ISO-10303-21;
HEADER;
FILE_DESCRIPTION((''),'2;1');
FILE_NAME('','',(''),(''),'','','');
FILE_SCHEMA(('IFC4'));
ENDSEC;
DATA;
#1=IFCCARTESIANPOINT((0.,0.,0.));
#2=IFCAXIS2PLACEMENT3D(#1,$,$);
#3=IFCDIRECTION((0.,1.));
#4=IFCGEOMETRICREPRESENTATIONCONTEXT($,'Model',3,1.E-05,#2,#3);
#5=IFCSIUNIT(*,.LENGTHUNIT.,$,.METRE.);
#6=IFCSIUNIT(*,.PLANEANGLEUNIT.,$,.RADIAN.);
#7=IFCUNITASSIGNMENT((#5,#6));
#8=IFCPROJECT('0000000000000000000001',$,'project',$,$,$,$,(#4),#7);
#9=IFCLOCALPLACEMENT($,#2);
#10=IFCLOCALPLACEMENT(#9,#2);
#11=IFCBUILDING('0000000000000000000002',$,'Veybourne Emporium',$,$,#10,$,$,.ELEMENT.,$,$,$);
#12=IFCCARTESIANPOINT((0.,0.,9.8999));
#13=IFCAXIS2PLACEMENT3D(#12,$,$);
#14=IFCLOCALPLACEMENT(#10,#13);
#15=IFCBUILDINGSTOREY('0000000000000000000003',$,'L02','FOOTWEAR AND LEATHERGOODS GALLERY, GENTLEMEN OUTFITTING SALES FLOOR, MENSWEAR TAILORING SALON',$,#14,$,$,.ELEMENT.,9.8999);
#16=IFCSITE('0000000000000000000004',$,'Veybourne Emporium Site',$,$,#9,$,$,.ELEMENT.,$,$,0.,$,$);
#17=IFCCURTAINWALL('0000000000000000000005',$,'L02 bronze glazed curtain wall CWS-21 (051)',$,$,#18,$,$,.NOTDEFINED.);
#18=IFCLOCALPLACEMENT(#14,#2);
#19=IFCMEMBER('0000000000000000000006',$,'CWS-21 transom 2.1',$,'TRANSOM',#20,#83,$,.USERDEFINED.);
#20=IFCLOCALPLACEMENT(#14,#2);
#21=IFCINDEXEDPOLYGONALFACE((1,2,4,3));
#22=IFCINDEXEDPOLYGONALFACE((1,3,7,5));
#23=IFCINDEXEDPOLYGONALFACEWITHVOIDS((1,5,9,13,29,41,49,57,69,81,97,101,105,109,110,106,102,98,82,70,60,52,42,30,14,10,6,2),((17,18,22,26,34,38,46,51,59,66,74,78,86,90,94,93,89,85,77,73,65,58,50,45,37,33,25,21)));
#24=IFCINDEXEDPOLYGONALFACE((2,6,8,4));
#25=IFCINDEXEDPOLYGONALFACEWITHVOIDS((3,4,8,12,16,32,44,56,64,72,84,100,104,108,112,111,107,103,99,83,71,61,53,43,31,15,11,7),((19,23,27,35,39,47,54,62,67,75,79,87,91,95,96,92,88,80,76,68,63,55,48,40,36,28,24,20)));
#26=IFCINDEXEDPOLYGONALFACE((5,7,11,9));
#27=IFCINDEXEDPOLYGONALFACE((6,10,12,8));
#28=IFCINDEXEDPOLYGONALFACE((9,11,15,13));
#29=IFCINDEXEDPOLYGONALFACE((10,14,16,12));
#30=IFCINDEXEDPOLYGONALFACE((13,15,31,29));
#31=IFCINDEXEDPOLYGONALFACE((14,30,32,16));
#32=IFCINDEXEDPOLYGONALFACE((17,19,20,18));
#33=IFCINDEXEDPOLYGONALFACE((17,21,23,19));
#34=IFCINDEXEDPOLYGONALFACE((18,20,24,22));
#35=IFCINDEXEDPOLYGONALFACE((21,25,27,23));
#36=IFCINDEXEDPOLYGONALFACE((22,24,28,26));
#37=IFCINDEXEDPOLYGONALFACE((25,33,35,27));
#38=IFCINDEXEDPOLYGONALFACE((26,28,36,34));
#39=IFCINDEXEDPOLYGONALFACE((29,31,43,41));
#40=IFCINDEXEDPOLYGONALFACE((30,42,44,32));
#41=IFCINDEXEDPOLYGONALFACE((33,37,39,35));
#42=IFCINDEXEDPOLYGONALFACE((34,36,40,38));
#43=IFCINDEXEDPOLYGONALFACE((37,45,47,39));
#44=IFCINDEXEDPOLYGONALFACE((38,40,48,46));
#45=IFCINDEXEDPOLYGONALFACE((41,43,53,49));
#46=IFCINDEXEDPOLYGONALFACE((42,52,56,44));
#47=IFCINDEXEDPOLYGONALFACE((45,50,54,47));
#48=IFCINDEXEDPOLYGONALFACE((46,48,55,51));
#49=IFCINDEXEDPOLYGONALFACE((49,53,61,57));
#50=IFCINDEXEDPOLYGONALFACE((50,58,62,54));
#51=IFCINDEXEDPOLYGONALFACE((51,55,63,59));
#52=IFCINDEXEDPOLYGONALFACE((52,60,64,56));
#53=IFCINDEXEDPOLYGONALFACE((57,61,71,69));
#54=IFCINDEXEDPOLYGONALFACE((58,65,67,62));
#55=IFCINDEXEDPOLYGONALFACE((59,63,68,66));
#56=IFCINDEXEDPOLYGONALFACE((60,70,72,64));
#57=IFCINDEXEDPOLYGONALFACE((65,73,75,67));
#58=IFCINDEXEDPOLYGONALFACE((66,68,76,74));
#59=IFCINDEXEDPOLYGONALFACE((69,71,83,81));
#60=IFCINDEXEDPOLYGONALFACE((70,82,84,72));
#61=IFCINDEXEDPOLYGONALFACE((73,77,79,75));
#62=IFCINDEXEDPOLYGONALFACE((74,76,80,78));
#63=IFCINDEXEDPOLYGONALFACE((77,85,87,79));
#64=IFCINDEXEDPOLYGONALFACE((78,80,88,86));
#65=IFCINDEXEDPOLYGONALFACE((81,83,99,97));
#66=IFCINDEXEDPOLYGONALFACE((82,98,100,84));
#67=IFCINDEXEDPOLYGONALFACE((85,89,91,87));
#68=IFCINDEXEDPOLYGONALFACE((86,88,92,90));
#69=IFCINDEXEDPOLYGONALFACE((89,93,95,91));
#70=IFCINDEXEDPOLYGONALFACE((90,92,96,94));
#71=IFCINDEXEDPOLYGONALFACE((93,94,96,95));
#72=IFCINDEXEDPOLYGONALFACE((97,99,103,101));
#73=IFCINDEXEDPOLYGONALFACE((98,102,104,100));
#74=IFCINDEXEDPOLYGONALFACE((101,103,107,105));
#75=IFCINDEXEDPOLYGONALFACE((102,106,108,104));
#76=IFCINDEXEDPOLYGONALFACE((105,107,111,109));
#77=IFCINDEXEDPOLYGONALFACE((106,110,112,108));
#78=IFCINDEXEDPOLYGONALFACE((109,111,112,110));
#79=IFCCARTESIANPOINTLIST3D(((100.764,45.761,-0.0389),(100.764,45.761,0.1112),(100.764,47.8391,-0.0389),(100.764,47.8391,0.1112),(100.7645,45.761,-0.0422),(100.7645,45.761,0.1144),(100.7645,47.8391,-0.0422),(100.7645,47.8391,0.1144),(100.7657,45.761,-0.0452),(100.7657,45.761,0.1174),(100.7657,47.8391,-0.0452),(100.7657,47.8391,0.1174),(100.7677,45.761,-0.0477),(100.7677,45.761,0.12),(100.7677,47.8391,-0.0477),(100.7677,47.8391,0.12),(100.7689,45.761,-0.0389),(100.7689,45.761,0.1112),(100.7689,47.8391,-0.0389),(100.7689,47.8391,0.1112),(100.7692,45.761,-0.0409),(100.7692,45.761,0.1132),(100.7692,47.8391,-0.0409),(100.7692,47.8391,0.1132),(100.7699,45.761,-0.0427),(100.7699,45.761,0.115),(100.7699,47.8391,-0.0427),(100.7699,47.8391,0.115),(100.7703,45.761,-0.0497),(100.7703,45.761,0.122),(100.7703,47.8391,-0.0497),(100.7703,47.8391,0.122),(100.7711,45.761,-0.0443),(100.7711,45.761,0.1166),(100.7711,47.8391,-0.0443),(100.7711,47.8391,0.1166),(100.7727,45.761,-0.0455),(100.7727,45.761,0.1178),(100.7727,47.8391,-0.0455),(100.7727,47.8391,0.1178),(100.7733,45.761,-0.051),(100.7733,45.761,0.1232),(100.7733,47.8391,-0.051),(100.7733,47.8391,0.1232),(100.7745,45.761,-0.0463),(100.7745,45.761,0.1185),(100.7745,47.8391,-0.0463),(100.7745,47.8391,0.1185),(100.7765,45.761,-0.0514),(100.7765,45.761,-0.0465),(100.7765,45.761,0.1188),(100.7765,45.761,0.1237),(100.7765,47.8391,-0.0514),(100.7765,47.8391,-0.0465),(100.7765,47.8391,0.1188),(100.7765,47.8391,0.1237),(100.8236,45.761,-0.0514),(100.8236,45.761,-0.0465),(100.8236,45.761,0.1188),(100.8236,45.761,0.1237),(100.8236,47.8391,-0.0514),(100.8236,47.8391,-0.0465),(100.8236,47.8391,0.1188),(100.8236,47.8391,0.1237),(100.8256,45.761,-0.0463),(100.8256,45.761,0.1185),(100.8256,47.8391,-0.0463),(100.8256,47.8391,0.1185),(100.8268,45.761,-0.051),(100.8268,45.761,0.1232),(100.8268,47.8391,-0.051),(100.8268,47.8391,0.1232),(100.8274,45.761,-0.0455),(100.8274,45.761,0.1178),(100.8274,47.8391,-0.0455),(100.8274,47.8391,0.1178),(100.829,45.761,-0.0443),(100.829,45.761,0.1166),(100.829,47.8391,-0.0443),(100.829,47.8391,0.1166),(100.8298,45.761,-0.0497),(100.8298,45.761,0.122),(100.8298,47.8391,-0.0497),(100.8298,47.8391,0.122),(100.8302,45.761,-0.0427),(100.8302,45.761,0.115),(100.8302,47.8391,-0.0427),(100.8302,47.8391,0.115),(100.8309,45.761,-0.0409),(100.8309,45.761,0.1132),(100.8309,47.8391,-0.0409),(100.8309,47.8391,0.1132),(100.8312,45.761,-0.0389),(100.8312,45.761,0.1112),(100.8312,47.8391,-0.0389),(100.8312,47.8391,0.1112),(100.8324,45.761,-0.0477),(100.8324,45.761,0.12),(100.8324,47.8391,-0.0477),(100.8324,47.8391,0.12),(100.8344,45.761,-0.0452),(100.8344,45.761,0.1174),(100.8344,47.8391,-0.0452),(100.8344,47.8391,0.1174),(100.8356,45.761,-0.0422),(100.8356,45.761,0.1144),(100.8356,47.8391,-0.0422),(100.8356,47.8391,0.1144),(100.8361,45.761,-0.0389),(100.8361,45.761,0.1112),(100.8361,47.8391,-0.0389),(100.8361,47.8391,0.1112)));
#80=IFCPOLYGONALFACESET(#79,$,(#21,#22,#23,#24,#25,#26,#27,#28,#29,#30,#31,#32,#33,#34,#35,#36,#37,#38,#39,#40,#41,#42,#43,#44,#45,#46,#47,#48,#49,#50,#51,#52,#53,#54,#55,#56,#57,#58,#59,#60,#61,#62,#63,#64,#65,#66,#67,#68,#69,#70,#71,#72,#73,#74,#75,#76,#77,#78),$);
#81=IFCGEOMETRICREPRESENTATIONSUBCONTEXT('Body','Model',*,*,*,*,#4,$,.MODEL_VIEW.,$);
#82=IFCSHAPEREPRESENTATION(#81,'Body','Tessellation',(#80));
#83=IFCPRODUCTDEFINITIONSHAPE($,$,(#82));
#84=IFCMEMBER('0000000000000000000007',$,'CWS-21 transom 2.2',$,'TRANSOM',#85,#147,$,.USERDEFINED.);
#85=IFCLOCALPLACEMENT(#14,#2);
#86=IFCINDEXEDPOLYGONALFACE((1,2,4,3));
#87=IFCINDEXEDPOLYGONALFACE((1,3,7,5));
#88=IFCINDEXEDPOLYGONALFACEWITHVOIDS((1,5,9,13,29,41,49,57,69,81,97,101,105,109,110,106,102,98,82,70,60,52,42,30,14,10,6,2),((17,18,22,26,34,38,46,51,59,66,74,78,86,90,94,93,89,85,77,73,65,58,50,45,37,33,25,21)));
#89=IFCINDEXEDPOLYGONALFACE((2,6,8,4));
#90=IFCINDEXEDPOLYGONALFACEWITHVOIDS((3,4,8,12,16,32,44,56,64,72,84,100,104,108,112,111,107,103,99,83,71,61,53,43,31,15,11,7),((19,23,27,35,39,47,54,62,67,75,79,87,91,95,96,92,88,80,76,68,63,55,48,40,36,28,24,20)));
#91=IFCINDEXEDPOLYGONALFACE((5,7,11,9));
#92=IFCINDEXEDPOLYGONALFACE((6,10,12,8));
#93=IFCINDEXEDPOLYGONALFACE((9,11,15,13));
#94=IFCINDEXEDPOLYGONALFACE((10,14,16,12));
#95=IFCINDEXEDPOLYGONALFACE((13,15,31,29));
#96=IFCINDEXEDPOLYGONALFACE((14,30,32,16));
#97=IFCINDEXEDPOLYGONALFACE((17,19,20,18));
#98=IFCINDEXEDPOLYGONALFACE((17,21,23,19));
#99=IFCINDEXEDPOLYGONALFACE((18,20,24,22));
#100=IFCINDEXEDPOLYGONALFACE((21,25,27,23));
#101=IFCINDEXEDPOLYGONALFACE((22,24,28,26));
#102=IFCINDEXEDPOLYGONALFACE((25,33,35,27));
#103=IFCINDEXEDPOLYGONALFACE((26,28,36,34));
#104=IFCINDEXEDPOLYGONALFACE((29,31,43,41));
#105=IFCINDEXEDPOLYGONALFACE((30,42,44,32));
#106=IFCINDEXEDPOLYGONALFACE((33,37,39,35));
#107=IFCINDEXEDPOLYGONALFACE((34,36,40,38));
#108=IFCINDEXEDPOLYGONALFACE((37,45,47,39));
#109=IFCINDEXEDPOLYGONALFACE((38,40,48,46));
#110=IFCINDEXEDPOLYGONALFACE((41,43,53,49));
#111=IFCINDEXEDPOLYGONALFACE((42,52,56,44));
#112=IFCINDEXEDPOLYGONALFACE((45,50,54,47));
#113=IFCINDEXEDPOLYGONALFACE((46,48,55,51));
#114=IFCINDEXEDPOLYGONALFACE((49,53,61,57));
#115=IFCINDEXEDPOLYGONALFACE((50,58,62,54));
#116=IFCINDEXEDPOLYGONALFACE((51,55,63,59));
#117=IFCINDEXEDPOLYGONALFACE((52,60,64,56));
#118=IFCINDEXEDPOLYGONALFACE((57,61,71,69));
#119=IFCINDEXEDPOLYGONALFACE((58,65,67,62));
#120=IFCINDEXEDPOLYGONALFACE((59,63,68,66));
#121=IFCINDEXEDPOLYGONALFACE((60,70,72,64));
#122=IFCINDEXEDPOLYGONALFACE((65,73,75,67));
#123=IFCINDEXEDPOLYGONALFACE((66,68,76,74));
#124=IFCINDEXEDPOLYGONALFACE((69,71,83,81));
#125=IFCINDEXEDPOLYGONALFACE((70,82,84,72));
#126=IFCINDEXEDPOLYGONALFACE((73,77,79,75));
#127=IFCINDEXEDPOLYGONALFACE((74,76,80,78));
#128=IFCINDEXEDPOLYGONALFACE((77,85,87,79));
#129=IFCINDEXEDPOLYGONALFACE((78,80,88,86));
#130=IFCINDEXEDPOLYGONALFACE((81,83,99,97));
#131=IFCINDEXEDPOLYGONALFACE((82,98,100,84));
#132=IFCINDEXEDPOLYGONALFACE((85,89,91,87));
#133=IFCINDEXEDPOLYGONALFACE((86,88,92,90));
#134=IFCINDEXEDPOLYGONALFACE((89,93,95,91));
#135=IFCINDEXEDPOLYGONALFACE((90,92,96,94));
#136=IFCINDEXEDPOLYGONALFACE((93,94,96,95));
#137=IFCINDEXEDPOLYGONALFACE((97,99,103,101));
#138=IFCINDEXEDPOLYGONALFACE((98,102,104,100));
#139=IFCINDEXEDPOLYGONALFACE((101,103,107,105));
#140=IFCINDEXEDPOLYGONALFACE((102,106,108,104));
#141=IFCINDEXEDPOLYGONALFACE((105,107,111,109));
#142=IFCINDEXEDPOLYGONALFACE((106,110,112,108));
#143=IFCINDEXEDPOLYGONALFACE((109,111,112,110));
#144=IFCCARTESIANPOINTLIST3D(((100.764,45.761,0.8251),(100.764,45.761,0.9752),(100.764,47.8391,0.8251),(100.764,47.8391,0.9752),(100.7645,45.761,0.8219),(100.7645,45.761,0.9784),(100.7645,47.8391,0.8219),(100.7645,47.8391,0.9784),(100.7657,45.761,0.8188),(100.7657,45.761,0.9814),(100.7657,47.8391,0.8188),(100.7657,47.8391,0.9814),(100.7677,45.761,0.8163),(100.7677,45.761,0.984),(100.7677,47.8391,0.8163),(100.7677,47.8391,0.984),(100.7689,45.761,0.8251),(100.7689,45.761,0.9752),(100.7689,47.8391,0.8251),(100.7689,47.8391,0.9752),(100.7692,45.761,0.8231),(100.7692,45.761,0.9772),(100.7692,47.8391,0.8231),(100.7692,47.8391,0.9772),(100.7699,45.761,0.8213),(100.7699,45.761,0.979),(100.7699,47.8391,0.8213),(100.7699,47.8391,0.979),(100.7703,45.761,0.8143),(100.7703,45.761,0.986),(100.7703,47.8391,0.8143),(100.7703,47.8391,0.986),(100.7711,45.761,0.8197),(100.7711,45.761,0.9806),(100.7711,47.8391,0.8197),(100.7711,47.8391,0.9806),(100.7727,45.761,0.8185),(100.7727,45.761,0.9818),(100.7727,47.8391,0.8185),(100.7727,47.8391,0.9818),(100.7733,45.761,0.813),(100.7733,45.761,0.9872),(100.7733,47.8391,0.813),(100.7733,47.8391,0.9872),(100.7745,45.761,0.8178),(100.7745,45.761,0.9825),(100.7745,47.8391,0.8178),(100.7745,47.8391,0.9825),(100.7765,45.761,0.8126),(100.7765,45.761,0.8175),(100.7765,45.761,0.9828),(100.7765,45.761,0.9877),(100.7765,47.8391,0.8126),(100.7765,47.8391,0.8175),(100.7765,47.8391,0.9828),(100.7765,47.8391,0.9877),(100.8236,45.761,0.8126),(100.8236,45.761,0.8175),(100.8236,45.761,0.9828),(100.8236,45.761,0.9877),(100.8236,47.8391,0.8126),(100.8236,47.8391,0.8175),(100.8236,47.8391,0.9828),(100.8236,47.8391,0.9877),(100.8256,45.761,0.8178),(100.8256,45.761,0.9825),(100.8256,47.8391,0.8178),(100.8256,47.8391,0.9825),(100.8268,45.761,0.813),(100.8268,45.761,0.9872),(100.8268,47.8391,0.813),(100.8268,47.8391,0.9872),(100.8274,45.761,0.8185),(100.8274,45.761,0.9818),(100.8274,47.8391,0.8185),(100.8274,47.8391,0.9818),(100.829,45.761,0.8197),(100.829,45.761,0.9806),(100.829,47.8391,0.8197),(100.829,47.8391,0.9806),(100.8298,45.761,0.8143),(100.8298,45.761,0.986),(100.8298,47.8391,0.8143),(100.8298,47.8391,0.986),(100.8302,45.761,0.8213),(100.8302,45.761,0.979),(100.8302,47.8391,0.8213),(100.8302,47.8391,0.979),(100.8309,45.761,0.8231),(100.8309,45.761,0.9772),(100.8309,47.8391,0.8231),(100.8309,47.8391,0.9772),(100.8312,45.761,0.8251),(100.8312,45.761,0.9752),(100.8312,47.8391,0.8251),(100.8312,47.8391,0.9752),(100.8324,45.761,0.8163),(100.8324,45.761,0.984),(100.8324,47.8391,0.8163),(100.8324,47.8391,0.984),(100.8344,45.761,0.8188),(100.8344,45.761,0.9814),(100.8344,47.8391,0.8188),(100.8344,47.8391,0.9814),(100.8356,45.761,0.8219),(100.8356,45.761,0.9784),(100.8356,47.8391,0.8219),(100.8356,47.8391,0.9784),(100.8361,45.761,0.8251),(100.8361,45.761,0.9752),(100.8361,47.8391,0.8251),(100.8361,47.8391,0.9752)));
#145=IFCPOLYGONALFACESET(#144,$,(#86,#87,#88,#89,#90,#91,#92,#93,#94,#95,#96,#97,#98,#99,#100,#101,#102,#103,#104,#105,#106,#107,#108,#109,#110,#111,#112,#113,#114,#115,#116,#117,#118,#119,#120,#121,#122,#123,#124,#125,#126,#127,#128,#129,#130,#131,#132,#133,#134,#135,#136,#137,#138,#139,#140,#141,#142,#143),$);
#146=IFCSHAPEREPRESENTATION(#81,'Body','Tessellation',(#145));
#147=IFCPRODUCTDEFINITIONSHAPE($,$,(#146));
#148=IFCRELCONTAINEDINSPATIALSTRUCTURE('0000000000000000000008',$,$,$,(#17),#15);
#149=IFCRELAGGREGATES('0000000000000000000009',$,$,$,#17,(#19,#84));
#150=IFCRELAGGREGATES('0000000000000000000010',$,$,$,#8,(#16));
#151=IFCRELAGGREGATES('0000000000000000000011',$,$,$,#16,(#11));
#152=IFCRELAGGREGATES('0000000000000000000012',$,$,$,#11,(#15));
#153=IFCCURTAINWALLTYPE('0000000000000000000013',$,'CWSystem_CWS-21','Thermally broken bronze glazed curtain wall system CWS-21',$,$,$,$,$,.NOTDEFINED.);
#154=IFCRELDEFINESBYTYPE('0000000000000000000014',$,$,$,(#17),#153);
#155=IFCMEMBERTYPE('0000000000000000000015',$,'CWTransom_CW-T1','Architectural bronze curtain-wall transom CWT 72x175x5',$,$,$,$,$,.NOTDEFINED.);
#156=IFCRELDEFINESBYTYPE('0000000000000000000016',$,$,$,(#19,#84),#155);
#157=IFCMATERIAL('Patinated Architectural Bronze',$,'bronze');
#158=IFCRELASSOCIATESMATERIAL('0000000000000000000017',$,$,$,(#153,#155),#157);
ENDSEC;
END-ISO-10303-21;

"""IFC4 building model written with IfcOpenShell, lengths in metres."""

from ifc_helpers import new_model, si_unit, direction, frame, origin, origin_2d, place, context, subcontext, project, spatial, hollow_rectangle, extrude, material, material_profile, profile_set, type_object, element, aggregate, save


model = new_model("IFC4")

# Units and contexts
model_context = context("Model", 3, precision=1e-05, world=origin(), true_north=direction((0.0, 1.0)))
body_context = subcontext(model_context, "Body", "Model", "MODEL_VIEW")
ifc_project = project(units=[si_unit("LENGTHUNIT", "METRE"), si_unit("PLANEANGLEUNIT", "RADIAN")], contexts=[model_context])

# Site, building, storey
site_placement = place(None, origin())
site = spatial("IfcSite", under=ifc_project, at=site_placement, Name="Veybourne Emporium Site", CompositionType="ELEMENT", RefElevation=0.0)
building_placement = place(site_placement, origin())
building = spatial("IfcBuilding", under=site, at=building_placement, Name="Veybourne Emporium", CompositionType="ELEMENT")
storey_placement = place(building_placement, frame((0.0, 0.0, 9.8999)))
storey = spatial("IfcBuildingStorey", under=building, at=storey_placement, Name="L02", Description="FOOTWEAR AND LEATHERGOODS GALLERY, GENTLEMEN OUTFITTING SALES FLOOR, MENSWEAR TAILORING SALON", CompositionType="ELEMENT", Elevation=9.8999)

# Curtain wall
ifc_material_1 = material(Name="Patinated Architectural Bronze", Category="bronze")
curtain_wall_type_1 = type_object("IfcCurtainWallType", Name="CWSystem_CWS-21", Description="Thermally broken bronze glazed curtain wall system CWS-21", PredefinedType="NOTDEFINED", material=ifc_material_1)
curtain_wall_1_placement = place(storey_placement, origin())
curtain_wall_1 = element("IfcCurtainWall", 1, at=curtain_wall_1_placement, inside=storey, type_object=curtain_wall_type_1, Name="L02 bronze glazed curtain wall CWS-21 (051)", PredefinedType="NOTDEFINED")

# Members
ifc_material_profile_1 = material_profile(ifc_material_1, hollow_rectangle(XDim=0.072, YDim=0.175, WallThickness=0.0049, InnerFilletRadius=0.0076, OuterFilletRadius=0.0125, at=origin_2d()), Name="CWT 72x175x5")
ifc_profile_set_1 = profile_set([ifc_material_profile_1], Name="Patinated Architectural Bronze")
member_type_1 = type_object("IfcMemberType", Name="CWTransom_CW-T1", Description="Architectural bronze curtain-wall transom CWT 72x175x5", PredefinedType="NOTDEFINED", material=ifc_profile_set_1)
member_1_placement = place(storey_placement, frame((100.8, 47.8391, 0.0361), z_axis=(0.0, -1.0, 0.0), x_axis=(1.0, 0.0, 0.0)))
member_1 = element("IfcMember", 2, at=member_1_placement, type_object=member_type_1, Name="CWS-21 transom 2.1", ObjectType="TRANSOM", PredefinedType="USERDEFINED", context=body_context, shape_type="SweptSolid", body=[
    extrude(hollow_rectangle(XDim=0.072, YDim=0.175, WallThickness=0.0049, InnerFilletRadius=0.0076, OuterFilletRadius=0.0125, at=origin_2d()), origin(), (0.0, 0.0, 1.0), 2.0781),
])
member_2_placement = place(storey_placement, frame((100.8, 47.8391, 0.9001), z_axis=(0.0, -1.0, 0.0), x_axis=(1.0, 0.0, 0.0)))
member_2 = element("IfcMember", 3, at=member_2_placement, type_object=member_type_1, Name="CWS-21 transom 2.2", ObjectType="TRANSOM", PredefinedType="USERDEFINED", context=body_context, shape_type="SweptSolid", body=[
    extrude(hollow_rectangle(XDim=0.072, YDim=0.175, WallThickness=0.0049, InnerFilletRadius=0.0076, OuterFilletRadius=0.0125, at=origin_2d()), origin(), (0.0, 0.0, 1.0), 2.0781),
])

aggregate(curtain_wall_1, [member_1, member_2])

save(model, "model.ifc")
